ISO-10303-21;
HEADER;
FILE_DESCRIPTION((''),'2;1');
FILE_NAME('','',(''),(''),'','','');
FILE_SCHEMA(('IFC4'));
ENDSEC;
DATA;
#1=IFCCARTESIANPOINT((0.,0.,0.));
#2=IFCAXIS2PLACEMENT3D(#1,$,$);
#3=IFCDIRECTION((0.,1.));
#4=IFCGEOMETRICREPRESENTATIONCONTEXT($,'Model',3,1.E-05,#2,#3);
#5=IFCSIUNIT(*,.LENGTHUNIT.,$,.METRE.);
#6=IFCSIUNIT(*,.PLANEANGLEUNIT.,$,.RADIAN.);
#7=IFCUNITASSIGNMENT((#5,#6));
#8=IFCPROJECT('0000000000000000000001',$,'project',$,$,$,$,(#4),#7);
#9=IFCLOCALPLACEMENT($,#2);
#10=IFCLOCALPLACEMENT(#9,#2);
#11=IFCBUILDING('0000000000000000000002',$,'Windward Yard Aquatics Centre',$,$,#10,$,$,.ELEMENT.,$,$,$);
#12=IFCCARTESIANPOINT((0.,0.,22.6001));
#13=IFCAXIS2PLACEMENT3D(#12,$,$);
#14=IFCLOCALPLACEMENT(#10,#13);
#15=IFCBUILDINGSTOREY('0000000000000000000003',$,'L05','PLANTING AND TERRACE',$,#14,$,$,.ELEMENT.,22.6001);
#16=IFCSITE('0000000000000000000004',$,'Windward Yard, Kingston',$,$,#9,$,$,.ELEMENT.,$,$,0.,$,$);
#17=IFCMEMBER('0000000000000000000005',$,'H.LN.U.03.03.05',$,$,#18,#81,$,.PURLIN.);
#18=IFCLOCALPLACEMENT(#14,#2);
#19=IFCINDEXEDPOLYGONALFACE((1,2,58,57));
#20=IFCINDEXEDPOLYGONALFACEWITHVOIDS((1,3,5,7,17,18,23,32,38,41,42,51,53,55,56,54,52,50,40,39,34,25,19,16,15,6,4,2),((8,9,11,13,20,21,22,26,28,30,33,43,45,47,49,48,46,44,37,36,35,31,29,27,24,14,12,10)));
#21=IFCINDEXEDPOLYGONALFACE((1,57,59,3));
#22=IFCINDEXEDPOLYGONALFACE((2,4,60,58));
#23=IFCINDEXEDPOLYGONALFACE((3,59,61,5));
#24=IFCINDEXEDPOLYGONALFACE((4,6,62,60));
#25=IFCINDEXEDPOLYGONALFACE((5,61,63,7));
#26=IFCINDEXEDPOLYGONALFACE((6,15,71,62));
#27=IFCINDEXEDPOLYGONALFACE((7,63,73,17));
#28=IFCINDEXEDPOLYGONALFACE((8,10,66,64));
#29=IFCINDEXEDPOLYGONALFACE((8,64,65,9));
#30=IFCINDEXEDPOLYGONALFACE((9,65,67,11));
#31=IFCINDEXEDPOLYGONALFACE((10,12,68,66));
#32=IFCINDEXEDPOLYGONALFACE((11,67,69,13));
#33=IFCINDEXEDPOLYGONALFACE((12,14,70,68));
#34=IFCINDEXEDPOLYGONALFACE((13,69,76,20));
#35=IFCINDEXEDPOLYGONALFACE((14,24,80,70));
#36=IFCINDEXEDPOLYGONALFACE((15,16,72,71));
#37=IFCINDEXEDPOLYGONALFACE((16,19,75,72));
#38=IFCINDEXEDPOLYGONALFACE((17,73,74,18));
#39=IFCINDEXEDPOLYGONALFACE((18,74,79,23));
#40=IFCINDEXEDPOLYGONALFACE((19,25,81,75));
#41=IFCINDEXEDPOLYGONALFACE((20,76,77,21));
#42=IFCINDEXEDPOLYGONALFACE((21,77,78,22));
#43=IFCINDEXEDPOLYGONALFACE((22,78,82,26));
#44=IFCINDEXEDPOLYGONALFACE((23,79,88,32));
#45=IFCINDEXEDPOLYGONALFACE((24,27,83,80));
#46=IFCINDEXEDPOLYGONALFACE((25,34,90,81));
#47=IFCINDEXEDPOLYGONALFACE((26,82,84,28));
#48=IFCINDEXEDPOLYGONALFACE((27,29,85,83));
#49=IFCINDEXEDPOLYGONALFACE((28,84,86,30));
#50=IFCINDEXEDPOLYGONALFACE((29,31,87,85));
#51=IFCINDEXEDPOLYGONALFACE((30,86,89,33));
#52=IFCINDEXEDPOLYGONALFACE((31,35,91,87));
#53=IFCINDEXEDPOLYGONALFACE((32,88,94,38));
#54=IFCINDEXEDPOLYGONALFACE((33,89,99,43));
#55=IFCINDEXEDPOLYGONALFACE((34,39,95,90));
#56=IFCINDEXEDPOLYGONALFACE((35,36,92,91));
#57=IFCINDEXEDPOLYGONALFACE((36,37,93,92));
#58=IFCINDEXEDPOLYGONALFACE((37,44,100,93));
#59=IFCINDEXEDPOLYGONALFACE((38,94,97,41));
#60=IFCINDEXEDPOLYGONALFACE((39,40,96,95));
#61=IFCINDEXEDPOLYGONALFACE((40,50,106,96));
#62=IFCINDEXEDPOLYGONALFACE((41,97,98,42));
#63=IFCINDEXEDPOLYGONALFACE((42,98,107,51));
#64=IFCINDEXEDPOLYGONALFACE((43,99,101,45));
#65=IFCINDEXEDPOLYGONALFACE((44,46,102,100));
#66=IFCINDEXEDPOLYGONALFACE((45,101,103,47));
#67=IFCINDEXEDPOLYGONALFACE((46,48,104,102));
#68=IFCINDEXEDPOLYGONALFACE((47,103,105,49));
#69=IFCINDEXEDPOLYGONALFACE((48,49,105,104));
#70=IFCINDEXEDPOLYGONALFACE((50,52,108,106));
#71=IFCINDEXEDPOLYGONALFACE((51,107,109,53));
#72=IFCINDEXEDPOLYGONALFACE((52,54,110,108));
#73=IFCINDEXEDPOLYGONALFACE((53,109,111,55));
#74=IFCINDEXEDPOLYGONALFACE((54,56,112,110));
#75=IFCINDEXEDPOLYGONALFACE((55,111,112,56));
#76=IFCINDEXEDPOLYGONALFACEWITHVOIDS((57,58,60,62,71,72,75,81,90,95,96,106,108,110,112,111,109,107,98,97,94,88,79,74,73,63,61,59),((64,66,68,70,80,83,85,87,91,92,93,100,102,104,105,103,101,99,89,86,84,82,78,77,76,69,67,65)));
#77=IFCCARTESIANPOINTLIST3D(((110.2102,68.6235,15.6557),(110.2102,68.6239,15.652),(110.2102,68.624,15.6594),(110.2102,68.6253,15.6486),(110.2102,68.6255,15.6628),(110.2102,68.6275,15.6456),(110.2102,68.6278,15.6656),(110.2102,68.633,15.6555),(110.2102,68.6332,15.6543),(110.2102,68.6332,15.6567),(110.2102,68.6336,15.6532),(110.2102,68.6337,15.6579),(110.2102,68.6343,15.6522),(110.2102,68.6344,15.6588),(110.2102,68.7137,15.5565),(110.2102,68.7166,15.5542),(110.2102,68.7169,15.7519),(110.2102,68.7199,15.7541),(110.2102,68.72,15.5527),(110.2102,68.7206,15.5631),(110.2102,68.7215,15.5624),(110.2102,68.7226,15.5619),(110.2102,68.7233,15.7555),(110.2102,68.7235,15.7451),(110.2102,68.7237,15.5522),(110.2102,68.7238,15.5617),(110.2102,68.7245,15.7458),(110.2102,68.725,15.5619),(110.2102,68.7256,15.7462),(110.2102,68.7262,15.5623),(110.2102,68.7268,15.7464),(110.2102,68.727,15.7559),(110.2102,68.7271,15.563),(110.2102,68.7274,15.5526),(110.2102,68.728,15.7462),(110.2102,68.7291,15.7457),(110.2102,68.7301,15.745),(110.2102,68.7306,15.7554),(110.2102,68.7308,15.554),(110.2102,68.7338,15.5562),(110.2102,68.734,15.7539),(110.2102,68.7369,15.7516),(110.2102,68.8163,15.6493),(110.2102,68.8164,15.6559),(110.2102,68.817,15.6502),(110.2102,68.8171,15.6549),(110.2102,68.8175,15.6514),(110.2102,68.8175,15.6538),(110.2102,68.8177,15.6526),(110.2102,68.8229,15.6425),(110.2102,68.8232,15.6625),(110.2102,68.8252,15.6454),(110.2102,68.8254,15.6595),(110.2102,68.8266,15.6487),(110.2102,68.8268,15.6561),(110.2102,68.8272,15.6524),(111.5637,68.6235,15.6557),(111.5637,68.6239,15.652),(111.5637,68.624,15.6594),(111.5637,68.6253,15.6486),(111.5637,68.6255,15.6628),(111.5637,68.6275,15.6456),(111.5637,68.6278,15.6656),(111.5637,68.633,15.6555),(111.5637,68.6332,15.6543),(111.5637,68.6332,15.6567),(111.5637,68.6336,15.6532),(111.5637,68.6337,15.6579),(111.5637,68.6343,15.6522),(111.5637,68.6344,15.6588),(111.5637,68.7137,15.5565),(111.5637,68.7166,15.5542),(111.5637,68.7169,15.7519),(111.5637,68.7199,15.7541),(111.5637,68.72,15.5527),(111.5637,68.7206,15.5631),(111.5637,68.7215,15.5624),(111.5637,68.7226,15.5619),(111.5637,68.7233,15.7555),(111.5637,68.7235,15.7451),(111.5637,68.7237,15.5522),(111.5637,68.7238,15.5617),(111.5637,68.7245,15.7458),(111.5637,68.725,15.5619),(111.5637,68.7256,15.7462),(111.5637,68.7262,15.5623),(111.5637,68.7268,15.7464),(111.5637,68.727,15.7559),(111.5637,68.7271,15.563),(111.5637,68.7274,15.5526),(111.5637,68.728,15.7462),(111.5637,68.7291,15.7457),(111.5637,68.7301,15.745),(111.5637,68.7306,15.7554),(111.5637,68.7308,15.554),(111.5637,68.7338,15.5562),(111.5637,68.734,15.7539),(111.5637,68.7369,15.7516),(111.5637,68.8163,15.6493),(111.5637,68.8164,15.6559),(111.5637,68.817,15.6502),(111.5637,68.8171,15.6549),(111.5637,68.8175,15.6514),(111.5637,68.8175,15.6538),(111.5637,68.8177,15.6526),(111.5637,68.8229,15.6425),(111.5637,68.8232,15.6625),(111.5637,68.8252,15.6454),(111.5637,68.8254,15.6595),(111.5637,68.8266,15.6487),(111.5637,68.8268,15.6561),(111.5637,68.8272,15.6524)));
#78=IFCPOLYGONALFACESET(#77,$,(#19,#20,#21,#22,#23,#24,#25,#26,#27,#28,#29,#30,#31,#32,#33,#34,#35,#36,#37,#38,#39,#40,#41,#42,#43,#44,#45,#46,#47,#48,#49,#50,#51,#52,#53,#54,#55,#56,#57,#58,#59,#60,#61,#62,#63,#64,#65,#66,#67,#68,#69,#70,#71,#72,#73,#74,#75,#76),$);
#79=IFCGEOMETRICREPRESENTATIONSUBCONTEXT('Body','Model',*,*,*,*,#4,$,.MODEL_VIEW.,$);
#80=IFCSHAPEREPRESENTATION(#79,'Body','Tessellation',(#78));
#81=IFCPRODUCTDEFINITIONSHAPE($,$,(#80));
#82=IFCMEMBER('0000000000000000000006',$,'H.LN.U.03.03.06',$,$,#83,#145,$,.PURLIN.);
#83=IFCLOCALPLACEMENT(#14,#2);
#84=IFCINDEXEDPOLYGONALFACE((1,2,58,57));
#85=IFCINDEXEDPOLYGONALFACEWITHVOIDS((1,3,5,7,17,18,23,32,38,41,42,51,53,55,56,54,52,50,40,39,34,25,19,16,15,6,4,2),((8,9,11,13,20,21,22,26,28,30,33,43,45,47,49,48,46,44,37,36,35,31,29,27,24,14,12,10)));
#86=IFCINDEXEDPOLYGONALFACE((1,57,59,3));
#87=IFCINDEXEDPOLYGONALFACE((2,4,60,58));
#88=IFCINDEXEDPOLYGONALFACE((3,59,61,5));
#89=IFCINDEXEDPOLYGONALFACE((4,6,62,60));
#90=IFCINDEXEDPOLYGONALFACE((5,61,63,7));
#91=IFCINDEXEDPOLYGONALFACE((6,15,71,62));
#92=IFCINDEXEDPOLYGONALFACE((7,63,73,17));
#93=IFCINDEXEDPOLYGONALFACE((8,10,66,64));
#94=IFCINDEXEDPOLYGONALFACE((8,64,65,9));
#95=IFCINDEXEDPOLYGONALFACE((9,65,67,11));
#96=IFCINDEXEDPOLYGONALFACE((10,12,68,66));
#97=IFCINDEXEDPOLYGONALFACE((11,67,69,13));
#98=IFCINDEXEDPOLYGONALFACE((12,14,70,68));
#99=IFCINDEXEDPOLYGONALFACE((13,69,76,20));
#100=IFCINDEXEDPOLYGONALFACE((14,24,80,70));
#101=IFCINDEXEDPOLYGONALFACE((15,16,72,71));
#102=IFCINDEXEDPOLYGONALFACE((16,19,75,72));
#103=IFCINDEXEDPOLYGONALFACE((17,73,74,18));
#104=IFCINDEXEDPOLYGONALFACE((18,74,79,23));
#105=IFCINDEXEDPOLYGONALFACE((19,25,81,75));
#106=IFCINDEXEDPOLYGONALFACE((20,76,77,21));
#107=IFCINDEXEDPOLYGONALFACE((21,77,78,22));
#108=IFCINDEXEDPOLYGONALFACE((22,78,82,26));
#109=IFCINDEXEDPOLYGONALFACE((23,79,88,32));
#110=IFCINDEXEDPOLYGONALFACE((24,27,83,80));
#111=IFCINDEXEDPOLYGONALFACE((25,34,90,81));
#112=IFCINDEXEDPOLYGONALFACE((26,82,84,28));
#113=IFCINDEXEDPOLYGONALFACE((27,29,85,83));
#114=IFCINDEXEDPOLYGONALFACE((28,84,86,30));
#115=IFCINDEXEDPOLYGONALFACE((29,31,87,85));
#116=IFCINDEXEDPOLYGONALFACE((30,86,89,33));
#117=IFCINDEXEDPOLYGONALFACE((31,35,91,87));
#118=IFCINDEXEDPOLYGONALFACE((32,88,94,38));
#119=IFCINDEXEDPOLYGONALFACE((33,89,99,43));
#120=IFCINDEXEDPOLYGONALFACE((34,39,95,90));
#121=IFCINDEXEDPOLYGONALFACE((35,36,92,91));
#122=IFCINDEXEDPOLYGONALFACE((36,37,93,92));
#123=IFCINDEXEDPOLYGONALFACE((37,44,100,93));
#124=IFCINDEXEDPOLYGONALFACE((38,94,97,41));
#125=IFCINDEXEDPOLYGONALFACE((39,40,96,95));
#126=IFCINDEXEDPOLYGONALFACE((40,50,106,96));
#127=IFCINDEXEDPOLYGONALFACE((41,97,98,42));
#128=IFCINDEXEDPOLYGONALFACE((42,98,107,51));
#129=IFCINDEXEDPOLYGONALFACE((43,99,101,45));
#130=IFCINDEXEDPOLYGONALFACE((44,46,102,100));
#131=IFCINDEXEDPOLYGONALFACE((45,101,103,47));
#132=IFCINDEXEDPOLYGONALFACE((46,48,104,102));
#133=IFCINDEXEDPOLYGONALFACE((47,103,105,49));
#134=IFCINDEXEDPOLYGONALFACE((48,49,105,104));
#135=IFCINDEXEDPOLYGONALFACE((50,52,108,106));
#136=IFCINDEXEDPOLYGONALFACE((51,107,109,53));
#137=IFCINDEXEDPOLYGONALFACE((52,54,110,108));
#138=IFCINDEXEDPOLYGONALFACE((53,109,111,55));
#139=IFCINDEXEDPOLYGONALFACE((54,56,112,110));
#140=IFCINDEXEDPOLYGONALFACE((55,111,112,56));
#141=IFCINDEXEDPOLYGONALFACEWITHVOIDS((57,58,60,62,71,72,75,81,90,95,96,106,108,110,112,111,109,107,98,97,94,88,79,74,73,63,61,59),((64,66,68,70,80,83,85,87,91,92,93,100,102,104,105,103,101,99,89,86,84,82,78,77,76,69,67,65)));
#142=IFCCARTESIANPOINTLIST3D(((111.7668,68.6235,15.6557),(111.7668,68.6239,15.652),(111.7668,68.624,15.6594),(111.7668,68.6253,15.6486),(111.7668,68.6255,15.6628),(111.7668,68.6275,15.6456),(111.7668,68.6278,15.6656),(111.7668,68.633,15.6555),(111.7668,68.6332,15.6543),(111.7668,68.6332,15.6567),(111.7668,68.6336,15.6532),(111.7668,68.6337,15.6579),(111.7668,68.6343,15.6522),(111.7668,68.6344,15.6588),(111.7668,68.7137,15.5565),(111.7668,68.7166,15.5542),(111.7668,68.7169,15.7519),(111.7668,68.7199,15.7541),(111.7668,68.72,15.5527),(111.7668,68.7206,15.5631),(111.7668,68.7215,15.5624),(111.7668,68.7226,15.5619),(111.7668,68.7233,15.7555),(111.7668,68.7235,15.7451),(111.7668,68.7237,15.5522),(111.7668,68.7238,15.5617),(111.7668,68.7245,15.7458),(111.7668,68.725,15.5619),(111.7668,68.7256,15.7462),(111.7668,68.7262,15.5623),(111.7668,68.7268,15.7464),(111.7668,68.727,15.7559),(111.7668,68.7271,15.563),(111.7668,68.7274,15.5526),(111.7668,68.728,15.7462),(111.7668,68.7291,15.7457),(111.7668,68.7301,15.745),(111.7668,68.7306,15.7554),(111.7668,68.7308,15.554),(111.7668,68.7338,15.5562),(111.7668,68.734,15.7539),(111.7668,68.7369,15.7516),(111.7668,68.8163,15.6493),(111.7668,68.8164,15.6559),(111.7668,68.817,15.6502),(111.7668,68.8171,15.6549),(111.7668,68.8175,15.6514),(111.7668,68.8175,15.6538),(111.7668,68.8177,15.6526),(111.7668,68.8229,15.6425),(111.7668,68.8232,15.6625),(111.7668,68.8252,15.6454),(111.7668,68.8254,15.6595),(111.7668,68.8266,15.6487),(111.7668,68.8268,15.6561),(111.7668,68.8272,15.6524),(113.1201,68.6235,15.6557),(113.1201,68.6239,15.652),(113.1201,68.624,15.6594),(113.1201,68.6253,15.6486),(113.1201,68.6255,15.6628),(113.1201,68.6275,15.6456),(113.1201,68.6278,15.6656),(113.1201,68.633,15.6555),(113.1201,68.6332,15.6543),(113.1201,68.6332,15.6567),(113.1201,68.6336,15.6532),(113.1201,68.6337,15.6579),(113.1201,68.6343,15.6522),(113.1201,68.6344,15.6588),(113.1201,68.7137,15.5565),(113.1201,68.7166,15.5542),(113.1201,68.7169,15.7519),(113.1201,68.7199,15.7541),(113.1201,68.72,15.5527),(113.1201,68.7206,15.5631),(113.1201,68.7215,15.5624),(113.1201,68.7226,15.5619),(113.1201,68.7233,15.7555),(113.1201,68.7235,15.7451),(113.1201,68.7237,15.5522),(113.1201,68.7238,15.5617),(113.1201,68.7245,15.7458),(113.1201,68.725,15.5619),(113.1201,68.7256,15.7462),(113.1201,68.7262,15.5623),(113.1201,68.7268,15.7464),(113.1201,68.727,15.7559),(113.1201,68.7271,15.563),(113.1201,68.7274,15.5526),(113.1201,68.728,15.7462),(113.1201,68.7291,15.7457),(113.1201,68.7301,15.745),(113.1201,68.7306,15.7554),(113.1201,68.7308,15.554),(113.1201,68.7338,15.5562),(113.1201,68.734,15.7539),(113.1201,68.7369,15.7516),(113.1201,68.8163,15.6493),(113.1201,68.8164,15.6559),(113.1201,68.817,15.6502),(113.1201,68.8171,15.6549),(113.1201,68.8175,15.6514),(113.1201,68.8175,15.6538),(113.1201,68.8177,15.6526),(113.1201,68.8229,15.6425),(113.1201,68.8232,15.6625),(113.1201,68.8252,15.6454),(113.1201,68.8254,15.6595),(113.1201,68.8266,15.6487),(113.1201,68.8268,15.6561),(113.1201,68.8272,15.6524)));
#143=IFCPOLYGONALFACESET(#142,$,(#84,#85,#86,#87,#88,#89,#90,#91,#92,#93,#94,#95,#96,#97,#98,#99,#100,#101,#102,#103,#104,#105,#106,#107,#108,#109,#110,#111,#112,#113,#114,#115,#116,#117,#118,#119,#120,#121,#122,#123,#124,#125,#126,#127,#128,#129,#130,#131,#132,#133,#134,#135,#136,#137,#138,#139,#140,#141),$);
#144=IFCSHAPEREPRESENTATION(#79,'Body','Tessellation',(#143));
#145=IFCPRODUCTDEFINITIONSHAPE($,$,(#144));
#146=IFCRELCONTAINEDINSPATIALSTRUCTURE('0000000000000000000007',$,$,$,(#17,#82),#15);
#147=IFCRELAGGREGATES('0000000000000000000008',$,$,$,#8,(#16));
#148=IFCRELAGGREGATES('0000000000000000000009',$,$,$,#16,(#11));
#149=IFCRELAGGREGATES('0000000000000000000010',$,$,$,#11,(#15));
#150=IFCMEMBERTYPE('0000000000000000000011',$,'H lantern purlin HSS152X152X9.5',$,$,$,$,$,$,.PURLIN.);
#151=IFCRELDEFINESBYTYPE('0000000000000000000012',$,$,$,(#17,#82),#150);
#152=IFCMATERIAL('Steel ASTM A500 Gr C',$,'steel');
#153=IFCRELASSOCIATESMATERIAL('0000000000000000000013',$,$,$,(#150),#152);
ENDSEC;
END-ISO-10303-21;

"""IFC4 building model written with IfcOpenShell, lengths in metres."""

from ifc_helpers import new_model, si_unit, direction, frame, origin, origin_2d, place, context, subcontext, project, spatial, hollow_rectangle, extrude, material, material_profile, profile_set, type_object, element, save


model = new_model("IFC4")

# Units and contexts
model_context = context("Model", 3, precision=1e-05, world=origin(), true_north=direction((0.0, 1.0)))
body_context = subcontext(model_context, "Body", "Model", "MODEL_VIEW")
ifc_project = project(units=[si_unit("LENGTHUNIT", "METRE"), si_unit("PLANEANGLEUNIT", "RADIAN")], contexts=[model_context])

# Site, building, storey
site_placement = place(None, origin())
site = spatial("IfcSite", under=ifc_project, at=site_placement, Name="Windward Yard, Kingston", CompositionType="ELEMENT", RefElevation=0.0)
building_placement = place(site_placement, origin())
building = spatial("IfcBuilding", under=site, at=building_placement, Name="Windward Yard Aquatics Centre", CompositionType="ELEMENT")
storey_placement = place(building_placement, frame((0.0, 0.0, 22.6001)))
storey = spatial("IfcBuildingStorey", under=building, at=storey_placement, Name="L05", Description="PLANTING AND TERRACE", CompositionType="ELEMENT", Elevation=22.6001)

# Members
ifc_material_1 = material(Name="Steel ASTM A500 Gr C", Category="steel")
ifc_material_profile = material_profile(ifc_material_1, hollow_rectangle(XDim=0.1523, YDim=0.1523, WallThickness=0.0095, InnerFilletRadius=0.0046, OuterFilletRadius=0.0142, at=origin_2d()), Name="HSS152X152X9.5")
ifc_profile_set = profile_set([ifc_material_profile], Name="Steel ASTM A500 Gr C")
member_type = type_object("IfcMemberType", Name="H lantern purlin HSS152X152X9.5", PredefinedType="PURLIN", material=ifc_profile_set)
member_1_placement = place(storey_placement, frame((110.2102, 68.7253, 15.6541), z_axis=(1.0, 0.0, 0.0), x_axis=(0.0, 0.69555, -0.718477)))
element("IfcMember", 1, at=member_1_placement, inside=storey, type_object=member_type, Name="H.LN.U.03.03.05", PredefinedType="PURLIN", context=body_context, shape_type="SweptSolid", body=[
    extrude(hollow_rectangle(XDim=0.1523, YDim=0.1523, WallThickness=0.0095, InnerFilletRadius=0.0046, OuterFilletRadius=0.0142, at=origin_2d()), origin(), (0.0, 0.0, 1.0), 1.3535),
])
member_2_placement = place(storey_placement, frame((111.7668, 68.7253, 15.6541), z_axis=(1.0, 0.0, 0.0), x_axis=(0.0, 0.69555, -0.718477)))
element("IfcMember", 2, at=member_2_placement, inside=storey, type_object=member_type, Name="H.LN.U.03.03.06", PredefinedType="PURLIN", context=body_context, shape_type="SweptSolid", body=[
    extrude(hollow_rectangle(XDim=0.1523, YDim=0.1523, WallThickness=0.0095, InnerFilletRadius=0.0046, OuterFilletRadius=0.0142, at=origin_2d()), origin(), (0.0, 0.0, 1.0), 1.3533),
])

save(model, "model.ifc")
